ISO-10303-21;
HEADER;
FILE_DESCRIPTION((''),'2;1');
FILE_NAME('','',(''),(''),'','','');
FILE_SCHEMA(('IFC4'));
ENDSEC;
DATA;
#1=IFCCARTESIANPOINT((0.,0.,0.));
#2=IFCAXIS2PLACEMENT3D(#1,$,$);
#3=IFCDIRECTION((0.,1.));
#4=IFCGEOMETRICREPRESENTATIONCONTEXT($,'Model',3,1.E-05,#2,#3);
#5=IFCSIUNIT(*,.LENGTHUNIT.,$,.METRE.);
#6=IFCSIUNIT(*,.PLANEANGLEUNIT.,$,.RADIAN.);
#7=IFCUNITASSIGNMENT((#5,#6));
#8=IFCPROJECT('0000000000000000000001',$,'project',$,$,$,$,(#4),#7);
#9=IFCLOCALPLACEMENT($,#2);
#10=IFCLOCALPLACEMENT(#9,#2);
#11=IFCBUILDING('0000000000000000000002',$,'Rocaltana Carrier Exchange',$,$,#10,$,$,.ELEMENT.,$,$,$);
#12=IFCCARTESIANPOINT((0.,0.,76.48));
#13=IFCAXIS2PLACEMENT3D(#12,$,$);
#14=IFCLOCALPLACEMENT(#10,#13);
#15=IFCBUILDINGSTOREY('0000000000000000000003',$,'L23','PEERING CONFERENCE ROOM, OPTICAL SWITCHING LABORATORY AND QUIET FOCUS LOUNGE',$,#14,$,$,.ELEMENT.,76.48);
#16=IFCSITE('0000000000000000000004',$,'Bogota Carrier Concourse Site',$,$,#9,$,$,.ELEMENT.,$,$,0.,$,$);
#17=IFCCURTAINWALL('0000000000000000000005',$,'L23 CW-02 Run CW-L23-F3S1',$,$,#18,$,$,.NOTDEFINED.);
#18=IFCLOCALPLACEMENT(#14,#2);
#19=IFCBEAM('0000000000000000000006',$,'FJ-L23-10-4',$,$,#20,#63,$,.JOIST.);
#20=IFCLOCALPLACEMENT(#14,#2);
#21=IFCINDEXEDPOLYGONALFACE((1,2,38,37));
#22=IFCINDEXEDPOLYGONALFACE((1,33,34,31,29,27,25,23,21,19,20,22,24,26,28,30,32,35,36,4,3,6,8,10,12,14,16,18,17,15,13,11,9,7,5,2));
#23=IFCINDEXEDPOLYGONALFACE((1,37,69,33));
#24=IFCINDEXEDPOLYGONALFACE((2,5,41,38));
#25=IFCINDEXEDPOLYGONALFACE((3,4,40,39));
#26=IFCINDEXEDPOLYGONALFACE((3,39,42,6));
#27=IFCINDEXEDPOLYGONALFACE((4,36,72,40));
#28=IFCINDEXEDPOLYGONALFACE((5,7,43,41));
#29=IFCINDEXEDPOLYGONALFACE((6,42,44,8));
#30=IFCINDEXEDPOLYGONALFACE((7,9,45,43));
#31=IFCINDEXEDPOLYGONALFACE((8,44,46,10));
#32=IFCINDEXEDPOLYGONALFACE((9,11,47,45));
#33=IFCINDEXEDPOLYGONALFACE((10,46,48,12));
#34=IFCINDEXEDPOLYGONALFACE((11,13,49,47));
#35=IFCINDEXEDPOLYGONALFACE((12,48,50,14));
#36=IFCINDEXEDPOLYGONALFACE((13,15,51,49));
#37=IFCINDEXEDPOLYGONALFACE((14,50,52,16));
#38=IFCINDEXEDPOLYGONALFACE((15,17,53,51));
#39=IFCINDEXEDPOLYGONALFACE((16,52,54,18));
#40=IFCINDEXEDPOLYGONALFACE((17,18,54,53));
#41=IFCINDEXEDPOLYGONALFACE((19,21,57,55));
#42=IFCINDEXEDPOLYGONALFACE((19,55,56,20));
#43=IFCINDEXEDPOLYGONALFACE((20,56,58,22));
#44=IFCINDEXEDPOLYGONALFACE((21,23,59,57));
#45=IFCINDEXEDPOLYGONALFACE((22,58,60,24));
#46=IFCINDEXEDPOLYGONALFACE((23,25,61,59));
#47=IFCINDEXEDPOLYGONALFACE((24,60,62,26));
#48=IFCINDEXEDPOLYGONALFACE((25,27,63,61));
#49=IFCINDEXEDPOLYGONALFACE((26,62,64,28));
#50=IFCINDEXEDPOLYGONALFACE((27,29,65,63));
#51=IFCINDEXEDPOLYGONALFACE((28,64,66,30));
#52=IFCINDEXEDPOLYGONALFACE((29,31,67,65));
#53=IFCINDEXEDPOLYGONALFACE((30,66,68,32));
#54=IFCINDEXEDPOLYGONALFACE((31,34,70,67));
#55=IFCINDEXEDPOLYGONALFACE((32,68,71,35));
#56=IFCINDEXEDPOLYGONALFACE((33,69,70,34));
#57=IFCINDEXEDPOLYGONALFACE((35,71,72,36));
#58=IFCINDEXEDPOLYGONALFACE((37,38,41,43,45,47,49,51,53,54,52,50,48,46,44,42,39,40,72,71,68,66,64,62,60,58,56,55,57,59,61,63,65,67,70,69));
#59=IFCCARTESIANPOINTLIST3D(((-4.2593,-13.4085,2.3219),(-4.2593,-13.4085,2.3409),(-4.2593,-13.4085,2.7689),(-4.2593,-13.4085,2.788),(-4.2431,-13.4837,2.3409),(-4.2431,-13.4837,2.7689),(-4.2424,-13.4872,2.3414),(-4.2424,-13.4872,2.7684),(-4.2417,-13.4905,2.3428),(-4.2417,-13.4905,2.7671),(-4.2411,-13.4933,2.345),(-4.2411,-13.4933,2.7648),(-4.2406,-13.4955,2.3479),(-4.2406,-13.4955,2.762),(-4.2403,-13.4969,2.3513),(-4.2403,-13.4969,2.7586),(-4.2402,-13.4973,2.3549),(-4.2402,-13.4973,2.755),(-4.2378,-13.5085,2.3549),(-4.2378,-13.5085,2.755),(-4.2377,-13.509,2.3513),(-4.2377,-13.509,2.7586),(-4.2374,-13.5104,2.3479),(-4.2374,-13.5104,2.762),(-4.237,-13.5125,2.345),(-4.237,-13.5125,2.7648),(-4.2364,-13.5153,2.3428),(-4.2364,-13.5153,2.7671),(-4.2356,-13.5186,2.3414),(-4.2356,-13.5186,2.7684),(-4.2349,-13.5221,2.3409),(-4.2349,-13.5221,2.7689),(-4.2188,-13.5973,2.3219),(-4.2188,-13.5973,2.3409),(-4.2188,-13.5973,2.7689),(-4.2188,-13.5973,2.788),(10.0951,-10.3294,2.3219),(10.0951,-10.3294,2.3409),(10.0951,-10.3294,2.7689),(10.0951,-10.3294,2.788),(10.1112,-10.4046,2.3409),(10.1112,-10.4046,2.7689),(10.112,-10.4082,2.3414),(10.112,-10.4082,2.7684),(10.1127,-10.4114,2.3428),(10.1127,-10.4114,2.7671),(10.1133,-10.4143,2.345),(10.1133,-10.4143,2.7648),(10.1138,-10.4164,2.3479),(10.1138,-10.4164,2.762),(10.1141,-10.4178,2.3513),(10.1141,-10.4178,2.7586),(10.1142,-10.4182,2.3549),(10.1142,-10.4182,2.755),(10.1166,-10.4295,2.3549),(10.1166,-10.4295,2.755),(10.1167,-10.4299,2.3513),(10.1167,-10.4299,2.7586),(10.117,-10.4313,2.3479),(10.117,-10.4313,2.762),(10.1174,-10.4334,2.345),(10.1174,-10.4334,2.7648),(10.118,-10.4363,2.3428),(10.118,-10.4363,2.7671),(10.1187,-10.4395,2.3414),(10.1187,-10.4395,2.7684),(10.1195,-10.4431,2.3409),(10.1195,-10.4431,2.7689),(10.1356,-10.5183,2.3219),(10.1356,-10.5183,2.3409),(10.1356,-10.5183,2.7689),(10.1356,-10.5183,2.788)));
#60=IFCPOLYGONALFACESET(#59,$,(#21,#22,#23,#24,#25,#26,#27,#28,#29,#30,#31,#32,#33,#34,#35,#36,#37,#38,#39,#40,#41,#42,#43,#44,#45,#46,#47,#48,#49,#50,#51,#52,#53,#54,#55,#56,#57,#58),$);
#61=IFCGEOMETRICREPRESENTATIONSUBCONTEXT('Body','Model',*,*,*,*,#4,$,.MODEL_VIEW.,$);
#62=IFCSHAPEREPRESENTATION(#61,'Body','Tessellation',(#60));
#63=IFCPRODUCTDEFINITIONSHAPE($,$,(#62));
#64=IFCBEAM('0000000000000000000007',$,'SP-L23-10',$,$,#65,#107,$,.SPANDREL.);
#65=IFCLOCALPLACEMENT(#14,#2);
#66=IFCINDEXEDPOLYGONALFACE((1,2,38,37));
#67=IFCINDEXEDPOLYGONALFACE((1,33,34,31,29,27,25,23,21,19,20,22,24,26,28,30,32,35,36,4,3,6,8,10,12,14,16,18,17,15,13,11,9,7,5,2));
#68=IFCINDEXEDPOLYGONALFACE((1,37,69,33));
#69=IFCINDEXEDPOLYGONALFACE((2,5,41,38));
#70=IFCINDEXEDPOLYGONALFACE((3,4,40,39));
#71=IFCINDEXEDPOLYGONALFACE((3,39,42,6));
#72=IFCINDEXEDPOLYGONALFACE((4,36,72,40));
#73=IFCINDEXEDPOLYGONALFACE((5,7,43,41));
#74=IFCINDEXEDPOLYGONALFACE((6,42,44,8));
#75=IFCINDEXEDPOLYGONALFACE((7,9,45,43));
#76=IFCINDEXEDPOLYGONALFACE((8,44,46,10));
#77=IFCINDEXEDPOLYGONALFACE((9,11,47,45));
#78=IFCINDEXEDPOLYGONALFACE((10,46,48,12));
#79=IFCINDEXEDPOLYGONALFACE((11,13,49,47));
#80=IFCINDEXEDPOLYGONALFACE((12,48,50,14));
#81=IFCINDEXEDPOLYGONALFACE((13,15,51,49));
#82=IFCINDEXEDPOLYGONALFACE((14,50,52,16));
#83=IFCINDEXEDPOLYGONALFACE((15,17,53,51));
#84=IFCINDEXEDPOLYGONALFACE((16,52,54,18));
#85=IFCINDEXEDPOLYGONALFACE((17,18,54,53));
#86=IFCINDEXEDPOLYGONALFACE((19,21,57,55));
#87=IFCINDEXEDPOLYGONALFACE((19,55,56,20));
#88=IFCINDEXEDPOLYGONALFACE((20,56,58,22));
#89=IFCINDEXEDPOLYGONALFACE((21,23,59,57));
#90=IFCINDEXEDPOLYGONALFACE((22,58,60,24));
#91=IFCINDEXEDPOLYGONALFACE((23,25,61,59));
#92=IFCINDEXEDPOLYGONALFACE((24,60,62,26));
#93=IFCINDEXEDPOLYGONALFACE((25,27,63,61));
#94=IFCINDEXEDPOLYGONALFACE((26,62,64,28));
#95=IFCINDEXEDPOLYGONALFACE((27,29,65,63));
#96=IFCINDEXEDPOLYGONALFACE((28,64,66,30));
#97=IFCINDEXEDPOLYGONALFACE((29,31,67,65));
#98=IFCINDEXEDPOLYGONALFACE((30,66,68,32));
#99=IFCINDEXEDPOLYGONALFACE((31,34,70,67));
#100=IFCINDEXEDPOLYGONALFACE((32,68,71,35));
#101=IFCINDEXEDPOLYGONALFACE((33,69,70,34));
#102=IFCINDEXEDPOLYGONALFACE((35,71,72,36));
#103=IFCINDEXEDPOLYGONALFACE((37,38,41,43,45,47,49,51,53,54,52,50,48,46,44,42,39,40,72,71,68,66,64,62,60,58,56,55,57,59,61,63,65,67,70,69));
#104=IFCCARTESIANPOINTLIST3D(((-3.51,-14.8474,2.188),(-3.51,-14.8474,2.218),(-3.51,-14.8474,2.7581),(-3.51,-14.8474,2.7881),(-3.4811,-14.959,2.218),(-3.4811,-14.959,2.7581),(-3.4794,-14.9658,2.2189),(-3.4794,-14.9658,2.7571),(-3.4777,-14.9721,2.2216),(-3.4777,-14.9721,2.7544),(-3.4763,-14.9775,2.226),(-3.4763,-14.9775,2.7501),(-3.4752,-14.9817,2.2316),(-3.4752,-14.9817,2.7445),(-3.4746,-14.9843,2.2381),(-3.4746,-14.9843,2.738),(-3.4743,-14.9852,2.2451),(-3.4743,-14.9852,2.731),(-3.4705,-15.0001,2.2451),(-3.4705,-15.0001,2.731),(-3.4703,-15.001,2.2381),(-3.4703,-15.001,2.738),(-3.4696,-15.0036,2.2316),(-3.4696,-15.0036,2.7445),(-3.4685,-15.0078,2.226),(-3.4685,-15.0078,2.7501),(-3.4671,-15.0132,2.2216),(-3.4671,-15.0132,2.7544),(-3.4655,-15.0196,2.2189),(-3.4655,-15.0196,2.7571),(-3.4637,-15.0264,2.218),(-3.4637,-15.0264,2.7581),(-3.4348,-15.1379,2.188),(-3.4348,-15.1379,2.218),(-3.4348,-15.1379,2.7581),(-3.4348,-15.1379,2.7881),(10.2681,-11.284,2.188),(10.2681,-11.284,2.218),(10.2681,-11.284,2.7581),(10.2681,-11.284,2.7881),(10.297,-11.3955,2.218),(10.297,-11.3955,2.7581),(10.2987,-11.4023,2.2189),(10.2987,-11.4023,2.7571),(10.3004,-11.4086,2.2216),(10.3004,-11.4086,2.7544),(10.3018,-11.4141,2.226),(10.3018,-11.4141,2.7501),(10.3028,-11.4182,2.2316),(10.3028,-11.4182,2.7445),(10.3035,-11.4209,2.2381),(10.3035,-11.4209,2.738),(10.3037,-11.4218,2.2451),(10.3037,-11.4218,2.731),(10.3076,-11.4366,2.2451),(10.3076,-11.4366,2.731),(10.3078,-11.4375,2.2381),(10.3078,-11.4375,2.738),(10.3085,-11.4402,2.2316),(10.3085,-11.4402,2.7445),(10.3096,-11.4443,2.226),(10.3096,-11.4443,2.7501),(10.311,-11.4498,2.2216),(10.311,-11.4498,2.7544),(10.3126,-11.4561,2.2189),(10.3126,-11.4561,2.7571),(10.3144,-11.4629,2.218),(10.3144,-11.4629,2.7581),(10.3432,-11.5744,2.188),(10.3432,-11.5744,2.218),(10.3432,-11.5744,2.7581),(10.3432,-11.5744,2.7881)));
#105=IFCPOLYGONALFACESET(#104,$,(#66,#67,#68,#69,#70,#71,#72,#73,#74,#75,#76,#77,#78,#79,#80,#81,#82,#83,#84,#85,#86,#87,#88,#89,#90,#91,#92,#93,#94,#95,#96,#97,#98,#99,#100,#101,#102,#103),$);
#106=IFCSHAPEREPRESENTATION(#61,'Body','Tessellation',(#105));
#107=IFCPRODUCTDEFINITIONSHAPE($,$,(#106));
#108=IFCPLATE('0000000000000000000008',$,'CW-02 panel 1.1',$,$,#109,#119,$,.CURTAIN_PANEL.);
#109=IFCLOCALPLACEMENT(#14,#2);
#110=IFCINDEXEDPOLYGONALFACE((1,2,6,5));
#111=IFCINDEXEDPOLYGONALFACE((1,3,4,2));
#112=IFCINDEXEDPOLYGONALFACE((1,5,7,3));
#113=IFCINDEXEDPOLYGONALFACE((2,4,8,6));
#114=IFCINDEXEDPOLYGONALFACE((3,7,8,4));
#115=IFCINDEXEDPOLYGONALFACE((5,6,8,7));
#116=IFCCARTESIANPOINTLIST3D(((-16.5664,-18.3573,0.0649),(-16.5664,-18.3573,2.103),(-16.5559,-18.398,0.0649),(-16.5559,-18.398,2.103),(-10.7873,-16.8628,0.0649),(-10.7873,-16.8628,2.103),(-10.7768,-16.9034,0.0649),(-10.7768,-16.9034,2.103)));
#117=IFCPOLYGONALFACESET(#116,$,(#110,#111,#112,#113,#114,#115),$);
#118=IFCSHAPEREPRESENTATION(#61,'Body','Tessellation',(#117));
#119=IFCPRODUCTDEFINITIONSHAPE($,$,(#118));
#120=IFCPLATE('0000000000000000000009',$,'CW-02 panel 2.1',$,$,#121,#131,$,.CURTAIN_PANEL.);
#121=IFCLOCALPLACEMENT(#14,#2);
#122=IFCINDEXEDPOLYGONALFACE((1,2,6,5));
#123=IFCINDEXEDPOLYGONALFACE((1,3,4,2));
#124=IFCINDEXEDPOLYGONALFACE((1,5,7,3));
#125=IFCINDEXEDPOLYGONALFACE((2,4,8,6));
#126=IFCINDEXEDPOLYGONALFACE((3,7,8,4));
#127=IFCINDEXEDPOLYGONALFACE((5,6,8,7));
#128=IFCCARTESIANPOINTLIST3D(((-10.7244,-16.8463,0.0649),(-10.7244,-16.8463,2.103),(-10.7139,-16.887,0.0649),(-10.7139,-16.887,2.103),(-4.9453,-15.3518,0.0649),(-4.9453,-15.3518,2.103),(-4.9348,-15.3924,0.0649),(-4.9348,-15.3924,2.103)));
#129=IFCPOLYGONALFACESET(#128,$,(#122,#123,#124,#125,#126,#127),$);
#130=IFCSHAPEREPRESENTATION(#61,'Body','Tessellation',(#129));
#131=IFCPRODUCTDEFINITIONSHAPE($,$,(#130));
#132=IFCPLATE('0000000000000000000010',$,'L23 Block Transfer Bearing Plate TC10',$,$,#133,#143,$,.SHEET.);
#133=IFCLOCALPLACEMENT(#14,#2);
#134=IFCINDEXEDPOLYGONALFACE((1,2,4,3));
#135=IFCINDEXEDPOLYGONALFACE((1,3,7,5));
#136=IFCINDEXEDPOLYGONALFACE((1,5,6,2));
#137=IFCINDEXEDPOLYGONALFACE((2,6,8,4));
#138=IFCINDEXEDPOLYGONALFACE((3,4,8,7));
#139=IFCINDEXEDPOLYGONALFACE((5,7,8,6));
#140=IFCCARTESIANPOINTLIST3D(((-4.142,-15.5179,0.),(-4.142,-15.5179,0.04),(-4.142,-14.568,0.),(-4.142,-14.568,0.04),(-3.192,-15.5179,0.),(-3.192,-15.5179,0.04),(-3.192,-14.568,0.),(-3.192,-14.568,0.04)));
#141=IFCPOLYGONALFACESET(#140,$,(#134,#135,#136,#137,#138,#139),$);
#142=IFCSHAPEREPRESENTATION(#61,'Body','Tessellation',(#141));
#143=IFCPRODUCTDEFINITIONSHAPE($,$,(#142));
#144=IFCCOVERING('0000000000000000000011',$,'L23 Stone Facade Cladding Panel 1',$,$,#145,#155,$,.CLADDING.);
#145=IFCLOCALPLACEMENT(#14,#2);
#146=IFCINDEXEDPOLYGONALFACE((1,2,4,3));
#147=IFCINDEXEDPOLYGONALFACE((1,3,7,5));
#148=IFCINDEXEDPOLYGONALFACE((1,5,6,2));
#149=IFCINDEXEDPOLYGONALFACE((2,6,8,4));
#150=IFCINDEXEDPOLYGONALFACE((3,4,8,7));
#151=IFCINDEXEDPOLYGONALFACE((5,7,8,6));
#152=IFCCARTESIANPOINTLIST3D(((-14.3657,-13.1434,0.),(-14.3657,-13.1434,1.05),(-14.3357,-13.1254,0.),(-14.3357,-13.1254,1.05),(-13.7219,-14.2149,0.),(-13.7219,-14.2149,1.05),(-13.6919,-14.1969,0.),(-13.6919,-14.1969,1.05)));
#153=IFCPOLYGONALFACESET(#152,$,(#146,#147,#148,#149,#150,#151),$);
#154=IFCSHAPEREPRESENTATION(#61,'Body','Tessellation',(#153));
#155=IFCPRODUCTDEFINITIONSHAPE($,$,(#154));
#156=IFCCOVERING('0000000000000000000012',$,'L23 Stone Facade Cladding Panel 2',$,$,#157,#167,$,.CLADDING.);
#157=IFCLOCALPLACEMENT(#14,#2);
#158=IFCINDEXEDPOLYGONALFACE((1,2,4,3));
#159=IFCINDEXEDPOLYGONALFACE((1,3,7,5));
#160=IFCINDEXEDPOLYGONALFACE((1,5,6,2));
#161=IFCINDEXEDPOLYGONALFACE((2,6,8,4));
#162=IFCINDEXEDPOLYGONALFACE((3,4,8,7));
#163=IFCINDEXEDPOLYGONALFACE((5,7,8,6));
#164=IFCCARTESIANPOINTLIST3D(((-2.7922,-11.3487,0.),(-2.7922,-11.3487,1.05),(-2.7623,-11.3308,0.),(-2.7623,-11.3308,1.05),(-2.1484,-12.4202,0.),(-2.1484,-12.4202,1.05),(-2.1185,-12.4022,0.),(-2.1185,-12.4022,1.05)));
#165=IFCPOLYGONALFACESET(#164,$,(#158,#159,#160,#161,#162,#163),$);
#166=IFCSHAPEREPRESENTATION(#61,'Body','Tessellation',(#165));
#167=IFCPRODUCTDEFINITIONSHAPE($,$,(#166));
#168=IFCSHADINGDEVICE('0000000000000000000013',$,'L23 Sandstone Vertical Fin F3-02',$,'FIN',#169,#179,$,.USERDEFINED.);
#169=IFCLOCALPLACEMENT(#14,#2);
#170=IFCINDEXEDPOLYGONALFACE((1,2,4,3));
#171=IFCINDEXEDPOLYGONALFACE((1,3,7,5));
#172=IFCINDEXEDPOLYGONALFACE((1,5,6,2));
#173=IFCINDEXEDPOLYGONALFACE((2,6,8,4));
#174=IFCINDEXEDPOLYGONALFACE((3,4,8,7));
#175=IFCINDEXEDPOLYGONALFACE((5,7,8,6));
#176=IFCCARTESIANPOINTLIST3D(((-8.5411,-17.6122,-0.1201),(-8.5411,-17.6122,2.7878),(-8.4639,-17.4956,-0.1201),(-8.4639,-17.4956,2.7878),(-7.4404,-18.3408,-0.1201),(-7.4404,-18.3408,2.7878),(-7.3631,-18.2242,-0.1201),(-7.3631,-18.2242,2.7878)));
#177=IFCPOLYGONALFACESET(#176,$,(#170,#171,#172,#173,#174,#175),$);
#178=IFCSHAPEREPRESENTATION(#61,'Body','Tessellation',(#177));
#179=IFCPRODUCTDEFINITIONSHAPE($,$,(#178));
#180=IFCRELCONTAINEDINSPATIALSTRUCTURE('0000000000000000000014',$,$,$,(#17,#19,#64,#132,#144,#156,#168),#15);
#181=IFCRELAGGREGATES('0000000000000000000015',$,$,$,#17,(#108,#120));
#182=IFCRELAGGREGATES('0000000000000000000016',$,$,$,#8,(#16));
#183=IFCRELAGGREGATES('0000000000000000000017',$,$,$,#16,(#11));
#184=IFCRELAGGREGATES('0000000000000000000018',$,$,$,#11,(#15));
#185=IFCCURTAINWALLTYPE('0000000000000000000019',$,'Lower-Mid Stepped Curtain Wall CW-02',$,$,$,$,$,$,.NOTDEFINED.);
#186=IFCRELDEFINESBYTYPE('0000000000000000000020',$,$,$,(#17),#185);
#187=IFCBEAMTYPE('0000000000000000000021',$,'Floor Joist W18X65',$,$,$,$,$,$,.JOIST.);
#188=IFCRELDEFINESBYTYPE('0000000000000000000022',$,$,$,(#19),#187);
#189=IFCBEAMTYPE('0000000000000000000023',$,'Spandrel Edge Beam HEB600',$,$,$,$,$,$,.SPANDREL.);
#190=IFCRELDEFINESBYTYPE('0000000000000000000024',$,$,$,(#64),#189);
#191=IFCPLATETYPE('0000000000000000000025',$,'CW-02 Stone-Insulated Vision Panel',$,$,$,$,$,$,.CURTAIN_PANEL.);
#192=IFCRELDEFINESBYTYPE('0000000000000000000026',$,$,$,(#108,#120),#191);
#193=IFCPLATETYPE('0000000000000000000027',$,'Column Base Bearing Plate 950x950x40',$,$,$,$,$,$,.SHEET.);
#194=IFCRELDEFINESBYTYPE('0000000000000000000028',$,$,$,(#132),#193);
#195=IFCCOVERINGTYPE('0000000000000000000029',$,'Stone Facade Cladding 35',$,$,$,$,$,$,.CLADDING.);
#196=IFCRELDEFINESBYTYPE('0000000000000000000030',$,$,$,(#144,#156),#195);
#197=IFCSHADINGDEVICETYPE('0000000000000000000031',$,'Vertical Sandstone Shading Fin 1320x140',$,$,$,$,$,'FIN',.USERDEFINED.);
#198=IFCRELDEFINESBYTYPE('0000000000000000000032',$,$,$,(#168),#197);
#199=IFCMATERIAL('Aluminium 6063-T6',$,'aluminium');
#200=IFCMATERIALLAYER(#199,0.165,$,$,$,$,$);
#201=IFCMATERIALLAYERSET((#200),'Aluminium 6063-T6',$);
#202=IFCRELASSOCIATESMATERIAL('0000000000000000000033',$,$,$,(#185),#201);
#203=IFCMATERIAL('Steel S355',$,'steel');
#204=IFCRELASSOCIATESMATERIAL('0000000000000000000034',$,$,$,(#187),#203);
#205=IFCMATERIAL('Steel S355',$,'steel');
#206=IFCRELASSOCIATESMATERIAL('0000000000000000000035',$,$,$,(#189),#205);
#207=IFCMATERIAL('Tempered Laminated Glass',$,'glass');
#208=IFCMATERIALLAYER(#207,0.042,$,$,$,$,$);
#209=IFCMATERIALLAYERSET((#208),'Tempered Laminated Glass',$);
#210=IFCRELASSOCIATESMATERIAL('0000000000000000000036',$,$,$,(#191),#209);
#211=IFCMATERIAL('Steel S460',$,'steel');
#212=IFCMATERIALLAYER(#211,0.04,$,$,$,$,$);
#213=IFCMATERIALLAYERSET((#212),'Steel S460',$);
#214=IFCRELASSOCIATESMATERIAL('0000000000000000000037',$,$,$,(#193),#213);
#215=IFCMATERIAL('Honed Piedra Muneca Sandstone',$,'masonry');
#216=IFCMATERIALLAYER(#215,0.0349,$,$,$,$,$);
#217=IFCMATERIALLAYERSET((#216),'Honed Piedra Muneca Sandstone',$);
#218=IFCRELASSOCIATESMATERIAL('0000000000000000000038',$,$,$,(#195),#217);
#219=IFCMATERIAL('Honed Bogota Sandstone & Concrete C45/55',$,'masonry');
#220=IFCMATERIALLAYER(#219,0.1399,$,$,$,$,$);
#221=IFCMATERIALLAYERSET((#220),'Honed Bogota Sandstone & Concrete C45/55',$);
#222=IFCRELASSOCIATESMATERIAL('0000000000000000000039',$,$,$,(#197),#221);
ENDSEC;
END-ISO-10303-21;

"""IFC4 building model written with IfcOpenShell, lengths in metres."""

from ifc_helpers import new_model, si_unit, direction, frame, origin, origin_2d, place, context, subcontext, project, spatial, rectangle, i_section, extrude, material, layer, layer_set, material_profile, profile_set, type_object, element, aggregate, save


model = new_model("IFC4")

# Units and contexts
model_context = context("Model", 3, precision=1e-05, world=origin(), true_north=direction((0.0, 1.0)))
body_context = subcontext(model_context, "Body", "Model", "MODEL_VIEW")
ifc_project = project(units=[si_unit("LENGTHUNIT", "METRE"), si_unit("PLANEANGLEUNIT", "RADIAN")], contexts=[model_context])

# Site, building, storey
site_placement = place(None, origin())
site = spatial("IfcSite", under=ifc_project, at=site_placement, Name="Bogota Carrier Concourse Site", CompositionType="ELEMENT", RefElevation=0.0)
building_placement = place(site_placement, origin())
building = spatial("IfcBuilding", under=site, at=building_placement, Name="Rocaltana Carrier Exchange", CompositionType="ELEMENT")
storey_placement = place(building_placement, frame((0.0, 0.0, 76.48)))
storey = spatial("IfcBuildingStorey", under=building, at=storey_placement, Name="L23", Description="PEERING CONFERENCE ROOM, OPTICAL SWITCHING LABORATORY AND QUIET FOCUS LOUNGE", CompositionType="ELEMENT", Elevation=76.48)

# Curtain wall
ifc_material_1 = material(Name="Aluminium 6063-T6", Category="aluminium")
ifc_layer_1 = layer(ifc_material_1, 0.165)
ifc_layer_set_1 = layer_set([ifc_layer_1], Name="Aluminium 6063-T6")
curtain_wall_type = type_object("IfcCurtainWallType", Name="Lower-Mid Stepped Curtain Wall CW-02", PredefinedType="NOTDEFINED", material=ifc_layer_set_1)
curtain_wall_1_placement = place(storey_placement, origin())
curtain_wall_1 = element("IfcCurtainWall", 1, at=curtain_wall_1_placement, inside=storey, type_object=curtain_wall_type, Name="L23 CW-02 Run CW-L23-F3S1", PredefinedType="NOTDEFINED")

# Beams
ifc_material_2 = material(Name="Steel S355", Category="steel")
ifc_material_profile_1 = material_profile(ifc_material_2, i_section(OverallWidth=0.1931, OverallDepth=0.4661, WebThickness=0.0115, FlangeThickness=0.019, FilletRadius=0.0139, at=origin_2d()), Name="W18X65")
ifc_profile_set_1 = profile_set([ifc_material_profile_1], Name="Steel S355")
beam_type_1 = type_object("IfcBeamType", Name="Floor Joist W18X65", PredefinedType="JOIST", material=ifc_profile_set_1)
beam_1_placement = place(storey_placement, frame((-4.239, -13.5029, 2.5549), z_axis=(0.977759, 0.209734, 0.0), x_axis=(-0.209734, 0.977759, 0.0)))
element("IfcBeam", 2, at=beam_1_placement, inside=storey, type_object=beam_type_1, Name="FJ-L23-10-4", PredefinedType="JOIST", context=body_context, shape_type="SweptSolid", body=[
    extrude(i_section(OverallWidth=0.1931, OverallDepth=0.4661, WebThickness=0.0115, FlangeThickness=0.019, FilletRadius=0.0139, at=origin_2d()), origin(), (0.0, 0.0, 1.0), 14.6809),
])
ifc_material_3 = material(Name="Steel S355", Category="steel")
ifc_material_profile_2 = material_profile(ifc_material_3, i_section(OverallWidth=0.3, OverallDepth=0.6001, WebThickness=0.0154, FlangeThickness=0.03, FilletRadius=0.0271, at=origin_2d()), Name="HEB600")
ifc_profile_set_2 = profile_set([ifc_material_profile_2], Name="Steel S355")
beam_type_2 = type_object("IfcBeamType", Name="Spandrel Edge Beam HEB600", PredefinedType="SPANDREL", material=ifc_profile_set_2)
beam_2_placement = place(storey_placement, frame((-3.4724, -14.9927, 2.488), z_axis=(0.968144, 0.250395, 0.0), x_axis=(-0.250395, 0.968144, 0.0)))
element("IfcBeam", 3, at=beam_2_placement, inside=storey, type_object=beam_type_2, Name="SP-L23-10", PredefinedType="SPANDREL", context=body_context, shape_type="SweptSolid", body=[
    extrude(i_section(OverallWidth=0.3, OverallDepth=0.6001, WebThickness=0.0154, FlangeThickness=0.03, FilletRadius=0.0271, at=origin_2d()), origin(), (0.0, 0.0, 1.0), 14.2314),
])

# Plates
ifc_material_4 = material(Name="Tempered Laminated Glass", Category="glass")
ifc_layer_2 = layer(ifc_material_4, 0.042)
ifc_layer_set_2 = layer_set([ifc_layer_2], Name="Tempered Laminated Glass")
plate_type_1 = type_object("IfcPlateType", Name="CW-02 Stone-Insulated Vision Panel", PredefinedType="CURTAIN_PANEL", material=ifc_layer_set_2)
plate_1_placement = place(storey_placement, frame((-13.6716, -17.6304, 0.0649), z_axis=(0.0, 0.0, 1.0), x_axis=(0.968148, 0.250378, 0.0)))
plate_1 = element("IfcPlate", 4, at=plate_1_placement, type_object=plate_type_1, Name="CW-02 panel 1.1", PredefinedType="CURTAIN_PANEL", context=body_context, shape_type="SweptSolid", body=[
    extrude(rectangle(XDim=5.9692, YDim=0.042, at=origin_2d()), origin(), (0.0, 0.0, 1.0), 2.0381),
])
plate_2_placement = place(storey_placement, frame((-7.8296, -16.1194, 0.0649), z_axis=(0.0, 0.0, 1.0), x_axis=(0.968148, 0.250378, 0.0)))
plate_2 = element("IfcPlate", 5, at=plate_2_placement, type_object=plate_type_1, Name="CW-02 panel 2.1", PredefinedType="CURTAIN_PANEL", context=body_context, shape_type="SweptSolid", body=[
    extrude(rectangle(XDim=5.9692, YDim=0.042, at=origin_2d()), origin(), (0.0, 0.0, 1.0), 2.0381),
])
aggregate(curtain_wall_1, [plate_1, plate_2])
ifc_material_5 = material(Name="Steel S460", Category="steel")
ifc_layer_3 = layer(ifc_material_5, 0.04)
ifc_layer_set_3 = layer_set([ifc_layer_3], Name="Steel S460")
plate_type_2 = type_object("IfcPlateType", Name="Column Base Bearing Plate 950x950x40", PredefinedType="SHEET", material=ifc_layer_set_3)
plate_3_placement = place(storey_placement, frame((-3.667, -15.043, 0.0), z_axis=(0.0, 0.0, 1.0), x_axis=(1.0, 0.0, 0.0)))
element("IfcPlate", 6, at=plate_3_placement, inside=storey, type_object=plate_type_2, Name="L23 Block Transfer Bearing Plate TC10", PredefinedType="SHEET", context=body_context, shape_type="SweptSolid", body=[
    extrude(rectangle(XDim=0.95, YDim=0.95, at=origin_2d()), origin(), (0.0, 0.0, 1.0), 0.04),
])

# Coverings
ifc_material_6 = material(Name="Honed Piedra Muneca Sandstone", Category="masonry")
ifc_layer_4 = layer(ifc_material_6, 0.0349)
ifc_layer_set_4 = layer_set([ifc_layer_4], Name="Honed Piedra Muneca Sandstone")
covering_type = type_object("IfcCoveringType", Name="Stone Facade Cladding 35", PredefinedType="CLADDING", material=ifc_layer_set_4)
for number, where, z_axis, x_axis, name in (
    (7, (-14.0288, -13.6702, 0.0), (0.0, 0.0, 1.0), (-0.515038, 0.857167, 0.0), "L23 Stone Facade Cladding Panel 1"),
    (8, (-2.4553, -11.8755, 0.0), (0.0, 0.0, 1.0), (-0.515038, 0.857167, 0.0), "L23 Stone Facade Cladding Panel 2"),
):
    element("IfcCovering", number, at=place(storey_placement, frame(where, z_axis=z_axis, x_axis=x_axis)), inside=storey, type_object=covering_type, Name=name, PredefinedType="CLADDING", context=body_context, shape_type="SweptSolid", body=[
        extrude(rectangle(XDim=1.25, YDim=0.0349, at=origin_2d()), origin(), (0.0, 0.0, 1.0), 1.05),
    ])

# Shading device
ifc_material_7 = material(Name="Honed Bogota Sandstone & Concrete C45/55", Category="masonry")
ifc_layer_5 = layer(ifc_material_7, 0.1399)
ifc_layer_set_5 = layer_set([ifc_layer_5], Name="Honed Bogota Sandstone & Concrete C45/55")
shading_device_type = type_object("IfcShadingDeviceType", Name="Vertical Sandstone Shading Fin 1320x140", ElementType="FIN", PredefinedType="USERDEFINED", material=ifc_layer_set_5)
shading_device_placement = place(storey_placement, frame((-7.9521, -17.9182, -0.1201), z_axis=(0.0, 0.0, 1.0), x_axis=(0.833886, -0.551937, 0.0)))
element("IfcShadingDevice", 9, at=shading_device_placement, inside=storey, type_object=shading_device_type, Name="L23 Sandstone Vertical Fin F3-02", ObjectType="FIN", PredefinedType="USERDEFINED", context=body_context, shape_type="SweptSolid", body=[
    extrude(rectangle(XDim=1.3201, YDim=0.1399, at=origin_2d()), origin(), (0.0, 0.0, 1.0), 2.908),
])

save(model, "model.ifc")
